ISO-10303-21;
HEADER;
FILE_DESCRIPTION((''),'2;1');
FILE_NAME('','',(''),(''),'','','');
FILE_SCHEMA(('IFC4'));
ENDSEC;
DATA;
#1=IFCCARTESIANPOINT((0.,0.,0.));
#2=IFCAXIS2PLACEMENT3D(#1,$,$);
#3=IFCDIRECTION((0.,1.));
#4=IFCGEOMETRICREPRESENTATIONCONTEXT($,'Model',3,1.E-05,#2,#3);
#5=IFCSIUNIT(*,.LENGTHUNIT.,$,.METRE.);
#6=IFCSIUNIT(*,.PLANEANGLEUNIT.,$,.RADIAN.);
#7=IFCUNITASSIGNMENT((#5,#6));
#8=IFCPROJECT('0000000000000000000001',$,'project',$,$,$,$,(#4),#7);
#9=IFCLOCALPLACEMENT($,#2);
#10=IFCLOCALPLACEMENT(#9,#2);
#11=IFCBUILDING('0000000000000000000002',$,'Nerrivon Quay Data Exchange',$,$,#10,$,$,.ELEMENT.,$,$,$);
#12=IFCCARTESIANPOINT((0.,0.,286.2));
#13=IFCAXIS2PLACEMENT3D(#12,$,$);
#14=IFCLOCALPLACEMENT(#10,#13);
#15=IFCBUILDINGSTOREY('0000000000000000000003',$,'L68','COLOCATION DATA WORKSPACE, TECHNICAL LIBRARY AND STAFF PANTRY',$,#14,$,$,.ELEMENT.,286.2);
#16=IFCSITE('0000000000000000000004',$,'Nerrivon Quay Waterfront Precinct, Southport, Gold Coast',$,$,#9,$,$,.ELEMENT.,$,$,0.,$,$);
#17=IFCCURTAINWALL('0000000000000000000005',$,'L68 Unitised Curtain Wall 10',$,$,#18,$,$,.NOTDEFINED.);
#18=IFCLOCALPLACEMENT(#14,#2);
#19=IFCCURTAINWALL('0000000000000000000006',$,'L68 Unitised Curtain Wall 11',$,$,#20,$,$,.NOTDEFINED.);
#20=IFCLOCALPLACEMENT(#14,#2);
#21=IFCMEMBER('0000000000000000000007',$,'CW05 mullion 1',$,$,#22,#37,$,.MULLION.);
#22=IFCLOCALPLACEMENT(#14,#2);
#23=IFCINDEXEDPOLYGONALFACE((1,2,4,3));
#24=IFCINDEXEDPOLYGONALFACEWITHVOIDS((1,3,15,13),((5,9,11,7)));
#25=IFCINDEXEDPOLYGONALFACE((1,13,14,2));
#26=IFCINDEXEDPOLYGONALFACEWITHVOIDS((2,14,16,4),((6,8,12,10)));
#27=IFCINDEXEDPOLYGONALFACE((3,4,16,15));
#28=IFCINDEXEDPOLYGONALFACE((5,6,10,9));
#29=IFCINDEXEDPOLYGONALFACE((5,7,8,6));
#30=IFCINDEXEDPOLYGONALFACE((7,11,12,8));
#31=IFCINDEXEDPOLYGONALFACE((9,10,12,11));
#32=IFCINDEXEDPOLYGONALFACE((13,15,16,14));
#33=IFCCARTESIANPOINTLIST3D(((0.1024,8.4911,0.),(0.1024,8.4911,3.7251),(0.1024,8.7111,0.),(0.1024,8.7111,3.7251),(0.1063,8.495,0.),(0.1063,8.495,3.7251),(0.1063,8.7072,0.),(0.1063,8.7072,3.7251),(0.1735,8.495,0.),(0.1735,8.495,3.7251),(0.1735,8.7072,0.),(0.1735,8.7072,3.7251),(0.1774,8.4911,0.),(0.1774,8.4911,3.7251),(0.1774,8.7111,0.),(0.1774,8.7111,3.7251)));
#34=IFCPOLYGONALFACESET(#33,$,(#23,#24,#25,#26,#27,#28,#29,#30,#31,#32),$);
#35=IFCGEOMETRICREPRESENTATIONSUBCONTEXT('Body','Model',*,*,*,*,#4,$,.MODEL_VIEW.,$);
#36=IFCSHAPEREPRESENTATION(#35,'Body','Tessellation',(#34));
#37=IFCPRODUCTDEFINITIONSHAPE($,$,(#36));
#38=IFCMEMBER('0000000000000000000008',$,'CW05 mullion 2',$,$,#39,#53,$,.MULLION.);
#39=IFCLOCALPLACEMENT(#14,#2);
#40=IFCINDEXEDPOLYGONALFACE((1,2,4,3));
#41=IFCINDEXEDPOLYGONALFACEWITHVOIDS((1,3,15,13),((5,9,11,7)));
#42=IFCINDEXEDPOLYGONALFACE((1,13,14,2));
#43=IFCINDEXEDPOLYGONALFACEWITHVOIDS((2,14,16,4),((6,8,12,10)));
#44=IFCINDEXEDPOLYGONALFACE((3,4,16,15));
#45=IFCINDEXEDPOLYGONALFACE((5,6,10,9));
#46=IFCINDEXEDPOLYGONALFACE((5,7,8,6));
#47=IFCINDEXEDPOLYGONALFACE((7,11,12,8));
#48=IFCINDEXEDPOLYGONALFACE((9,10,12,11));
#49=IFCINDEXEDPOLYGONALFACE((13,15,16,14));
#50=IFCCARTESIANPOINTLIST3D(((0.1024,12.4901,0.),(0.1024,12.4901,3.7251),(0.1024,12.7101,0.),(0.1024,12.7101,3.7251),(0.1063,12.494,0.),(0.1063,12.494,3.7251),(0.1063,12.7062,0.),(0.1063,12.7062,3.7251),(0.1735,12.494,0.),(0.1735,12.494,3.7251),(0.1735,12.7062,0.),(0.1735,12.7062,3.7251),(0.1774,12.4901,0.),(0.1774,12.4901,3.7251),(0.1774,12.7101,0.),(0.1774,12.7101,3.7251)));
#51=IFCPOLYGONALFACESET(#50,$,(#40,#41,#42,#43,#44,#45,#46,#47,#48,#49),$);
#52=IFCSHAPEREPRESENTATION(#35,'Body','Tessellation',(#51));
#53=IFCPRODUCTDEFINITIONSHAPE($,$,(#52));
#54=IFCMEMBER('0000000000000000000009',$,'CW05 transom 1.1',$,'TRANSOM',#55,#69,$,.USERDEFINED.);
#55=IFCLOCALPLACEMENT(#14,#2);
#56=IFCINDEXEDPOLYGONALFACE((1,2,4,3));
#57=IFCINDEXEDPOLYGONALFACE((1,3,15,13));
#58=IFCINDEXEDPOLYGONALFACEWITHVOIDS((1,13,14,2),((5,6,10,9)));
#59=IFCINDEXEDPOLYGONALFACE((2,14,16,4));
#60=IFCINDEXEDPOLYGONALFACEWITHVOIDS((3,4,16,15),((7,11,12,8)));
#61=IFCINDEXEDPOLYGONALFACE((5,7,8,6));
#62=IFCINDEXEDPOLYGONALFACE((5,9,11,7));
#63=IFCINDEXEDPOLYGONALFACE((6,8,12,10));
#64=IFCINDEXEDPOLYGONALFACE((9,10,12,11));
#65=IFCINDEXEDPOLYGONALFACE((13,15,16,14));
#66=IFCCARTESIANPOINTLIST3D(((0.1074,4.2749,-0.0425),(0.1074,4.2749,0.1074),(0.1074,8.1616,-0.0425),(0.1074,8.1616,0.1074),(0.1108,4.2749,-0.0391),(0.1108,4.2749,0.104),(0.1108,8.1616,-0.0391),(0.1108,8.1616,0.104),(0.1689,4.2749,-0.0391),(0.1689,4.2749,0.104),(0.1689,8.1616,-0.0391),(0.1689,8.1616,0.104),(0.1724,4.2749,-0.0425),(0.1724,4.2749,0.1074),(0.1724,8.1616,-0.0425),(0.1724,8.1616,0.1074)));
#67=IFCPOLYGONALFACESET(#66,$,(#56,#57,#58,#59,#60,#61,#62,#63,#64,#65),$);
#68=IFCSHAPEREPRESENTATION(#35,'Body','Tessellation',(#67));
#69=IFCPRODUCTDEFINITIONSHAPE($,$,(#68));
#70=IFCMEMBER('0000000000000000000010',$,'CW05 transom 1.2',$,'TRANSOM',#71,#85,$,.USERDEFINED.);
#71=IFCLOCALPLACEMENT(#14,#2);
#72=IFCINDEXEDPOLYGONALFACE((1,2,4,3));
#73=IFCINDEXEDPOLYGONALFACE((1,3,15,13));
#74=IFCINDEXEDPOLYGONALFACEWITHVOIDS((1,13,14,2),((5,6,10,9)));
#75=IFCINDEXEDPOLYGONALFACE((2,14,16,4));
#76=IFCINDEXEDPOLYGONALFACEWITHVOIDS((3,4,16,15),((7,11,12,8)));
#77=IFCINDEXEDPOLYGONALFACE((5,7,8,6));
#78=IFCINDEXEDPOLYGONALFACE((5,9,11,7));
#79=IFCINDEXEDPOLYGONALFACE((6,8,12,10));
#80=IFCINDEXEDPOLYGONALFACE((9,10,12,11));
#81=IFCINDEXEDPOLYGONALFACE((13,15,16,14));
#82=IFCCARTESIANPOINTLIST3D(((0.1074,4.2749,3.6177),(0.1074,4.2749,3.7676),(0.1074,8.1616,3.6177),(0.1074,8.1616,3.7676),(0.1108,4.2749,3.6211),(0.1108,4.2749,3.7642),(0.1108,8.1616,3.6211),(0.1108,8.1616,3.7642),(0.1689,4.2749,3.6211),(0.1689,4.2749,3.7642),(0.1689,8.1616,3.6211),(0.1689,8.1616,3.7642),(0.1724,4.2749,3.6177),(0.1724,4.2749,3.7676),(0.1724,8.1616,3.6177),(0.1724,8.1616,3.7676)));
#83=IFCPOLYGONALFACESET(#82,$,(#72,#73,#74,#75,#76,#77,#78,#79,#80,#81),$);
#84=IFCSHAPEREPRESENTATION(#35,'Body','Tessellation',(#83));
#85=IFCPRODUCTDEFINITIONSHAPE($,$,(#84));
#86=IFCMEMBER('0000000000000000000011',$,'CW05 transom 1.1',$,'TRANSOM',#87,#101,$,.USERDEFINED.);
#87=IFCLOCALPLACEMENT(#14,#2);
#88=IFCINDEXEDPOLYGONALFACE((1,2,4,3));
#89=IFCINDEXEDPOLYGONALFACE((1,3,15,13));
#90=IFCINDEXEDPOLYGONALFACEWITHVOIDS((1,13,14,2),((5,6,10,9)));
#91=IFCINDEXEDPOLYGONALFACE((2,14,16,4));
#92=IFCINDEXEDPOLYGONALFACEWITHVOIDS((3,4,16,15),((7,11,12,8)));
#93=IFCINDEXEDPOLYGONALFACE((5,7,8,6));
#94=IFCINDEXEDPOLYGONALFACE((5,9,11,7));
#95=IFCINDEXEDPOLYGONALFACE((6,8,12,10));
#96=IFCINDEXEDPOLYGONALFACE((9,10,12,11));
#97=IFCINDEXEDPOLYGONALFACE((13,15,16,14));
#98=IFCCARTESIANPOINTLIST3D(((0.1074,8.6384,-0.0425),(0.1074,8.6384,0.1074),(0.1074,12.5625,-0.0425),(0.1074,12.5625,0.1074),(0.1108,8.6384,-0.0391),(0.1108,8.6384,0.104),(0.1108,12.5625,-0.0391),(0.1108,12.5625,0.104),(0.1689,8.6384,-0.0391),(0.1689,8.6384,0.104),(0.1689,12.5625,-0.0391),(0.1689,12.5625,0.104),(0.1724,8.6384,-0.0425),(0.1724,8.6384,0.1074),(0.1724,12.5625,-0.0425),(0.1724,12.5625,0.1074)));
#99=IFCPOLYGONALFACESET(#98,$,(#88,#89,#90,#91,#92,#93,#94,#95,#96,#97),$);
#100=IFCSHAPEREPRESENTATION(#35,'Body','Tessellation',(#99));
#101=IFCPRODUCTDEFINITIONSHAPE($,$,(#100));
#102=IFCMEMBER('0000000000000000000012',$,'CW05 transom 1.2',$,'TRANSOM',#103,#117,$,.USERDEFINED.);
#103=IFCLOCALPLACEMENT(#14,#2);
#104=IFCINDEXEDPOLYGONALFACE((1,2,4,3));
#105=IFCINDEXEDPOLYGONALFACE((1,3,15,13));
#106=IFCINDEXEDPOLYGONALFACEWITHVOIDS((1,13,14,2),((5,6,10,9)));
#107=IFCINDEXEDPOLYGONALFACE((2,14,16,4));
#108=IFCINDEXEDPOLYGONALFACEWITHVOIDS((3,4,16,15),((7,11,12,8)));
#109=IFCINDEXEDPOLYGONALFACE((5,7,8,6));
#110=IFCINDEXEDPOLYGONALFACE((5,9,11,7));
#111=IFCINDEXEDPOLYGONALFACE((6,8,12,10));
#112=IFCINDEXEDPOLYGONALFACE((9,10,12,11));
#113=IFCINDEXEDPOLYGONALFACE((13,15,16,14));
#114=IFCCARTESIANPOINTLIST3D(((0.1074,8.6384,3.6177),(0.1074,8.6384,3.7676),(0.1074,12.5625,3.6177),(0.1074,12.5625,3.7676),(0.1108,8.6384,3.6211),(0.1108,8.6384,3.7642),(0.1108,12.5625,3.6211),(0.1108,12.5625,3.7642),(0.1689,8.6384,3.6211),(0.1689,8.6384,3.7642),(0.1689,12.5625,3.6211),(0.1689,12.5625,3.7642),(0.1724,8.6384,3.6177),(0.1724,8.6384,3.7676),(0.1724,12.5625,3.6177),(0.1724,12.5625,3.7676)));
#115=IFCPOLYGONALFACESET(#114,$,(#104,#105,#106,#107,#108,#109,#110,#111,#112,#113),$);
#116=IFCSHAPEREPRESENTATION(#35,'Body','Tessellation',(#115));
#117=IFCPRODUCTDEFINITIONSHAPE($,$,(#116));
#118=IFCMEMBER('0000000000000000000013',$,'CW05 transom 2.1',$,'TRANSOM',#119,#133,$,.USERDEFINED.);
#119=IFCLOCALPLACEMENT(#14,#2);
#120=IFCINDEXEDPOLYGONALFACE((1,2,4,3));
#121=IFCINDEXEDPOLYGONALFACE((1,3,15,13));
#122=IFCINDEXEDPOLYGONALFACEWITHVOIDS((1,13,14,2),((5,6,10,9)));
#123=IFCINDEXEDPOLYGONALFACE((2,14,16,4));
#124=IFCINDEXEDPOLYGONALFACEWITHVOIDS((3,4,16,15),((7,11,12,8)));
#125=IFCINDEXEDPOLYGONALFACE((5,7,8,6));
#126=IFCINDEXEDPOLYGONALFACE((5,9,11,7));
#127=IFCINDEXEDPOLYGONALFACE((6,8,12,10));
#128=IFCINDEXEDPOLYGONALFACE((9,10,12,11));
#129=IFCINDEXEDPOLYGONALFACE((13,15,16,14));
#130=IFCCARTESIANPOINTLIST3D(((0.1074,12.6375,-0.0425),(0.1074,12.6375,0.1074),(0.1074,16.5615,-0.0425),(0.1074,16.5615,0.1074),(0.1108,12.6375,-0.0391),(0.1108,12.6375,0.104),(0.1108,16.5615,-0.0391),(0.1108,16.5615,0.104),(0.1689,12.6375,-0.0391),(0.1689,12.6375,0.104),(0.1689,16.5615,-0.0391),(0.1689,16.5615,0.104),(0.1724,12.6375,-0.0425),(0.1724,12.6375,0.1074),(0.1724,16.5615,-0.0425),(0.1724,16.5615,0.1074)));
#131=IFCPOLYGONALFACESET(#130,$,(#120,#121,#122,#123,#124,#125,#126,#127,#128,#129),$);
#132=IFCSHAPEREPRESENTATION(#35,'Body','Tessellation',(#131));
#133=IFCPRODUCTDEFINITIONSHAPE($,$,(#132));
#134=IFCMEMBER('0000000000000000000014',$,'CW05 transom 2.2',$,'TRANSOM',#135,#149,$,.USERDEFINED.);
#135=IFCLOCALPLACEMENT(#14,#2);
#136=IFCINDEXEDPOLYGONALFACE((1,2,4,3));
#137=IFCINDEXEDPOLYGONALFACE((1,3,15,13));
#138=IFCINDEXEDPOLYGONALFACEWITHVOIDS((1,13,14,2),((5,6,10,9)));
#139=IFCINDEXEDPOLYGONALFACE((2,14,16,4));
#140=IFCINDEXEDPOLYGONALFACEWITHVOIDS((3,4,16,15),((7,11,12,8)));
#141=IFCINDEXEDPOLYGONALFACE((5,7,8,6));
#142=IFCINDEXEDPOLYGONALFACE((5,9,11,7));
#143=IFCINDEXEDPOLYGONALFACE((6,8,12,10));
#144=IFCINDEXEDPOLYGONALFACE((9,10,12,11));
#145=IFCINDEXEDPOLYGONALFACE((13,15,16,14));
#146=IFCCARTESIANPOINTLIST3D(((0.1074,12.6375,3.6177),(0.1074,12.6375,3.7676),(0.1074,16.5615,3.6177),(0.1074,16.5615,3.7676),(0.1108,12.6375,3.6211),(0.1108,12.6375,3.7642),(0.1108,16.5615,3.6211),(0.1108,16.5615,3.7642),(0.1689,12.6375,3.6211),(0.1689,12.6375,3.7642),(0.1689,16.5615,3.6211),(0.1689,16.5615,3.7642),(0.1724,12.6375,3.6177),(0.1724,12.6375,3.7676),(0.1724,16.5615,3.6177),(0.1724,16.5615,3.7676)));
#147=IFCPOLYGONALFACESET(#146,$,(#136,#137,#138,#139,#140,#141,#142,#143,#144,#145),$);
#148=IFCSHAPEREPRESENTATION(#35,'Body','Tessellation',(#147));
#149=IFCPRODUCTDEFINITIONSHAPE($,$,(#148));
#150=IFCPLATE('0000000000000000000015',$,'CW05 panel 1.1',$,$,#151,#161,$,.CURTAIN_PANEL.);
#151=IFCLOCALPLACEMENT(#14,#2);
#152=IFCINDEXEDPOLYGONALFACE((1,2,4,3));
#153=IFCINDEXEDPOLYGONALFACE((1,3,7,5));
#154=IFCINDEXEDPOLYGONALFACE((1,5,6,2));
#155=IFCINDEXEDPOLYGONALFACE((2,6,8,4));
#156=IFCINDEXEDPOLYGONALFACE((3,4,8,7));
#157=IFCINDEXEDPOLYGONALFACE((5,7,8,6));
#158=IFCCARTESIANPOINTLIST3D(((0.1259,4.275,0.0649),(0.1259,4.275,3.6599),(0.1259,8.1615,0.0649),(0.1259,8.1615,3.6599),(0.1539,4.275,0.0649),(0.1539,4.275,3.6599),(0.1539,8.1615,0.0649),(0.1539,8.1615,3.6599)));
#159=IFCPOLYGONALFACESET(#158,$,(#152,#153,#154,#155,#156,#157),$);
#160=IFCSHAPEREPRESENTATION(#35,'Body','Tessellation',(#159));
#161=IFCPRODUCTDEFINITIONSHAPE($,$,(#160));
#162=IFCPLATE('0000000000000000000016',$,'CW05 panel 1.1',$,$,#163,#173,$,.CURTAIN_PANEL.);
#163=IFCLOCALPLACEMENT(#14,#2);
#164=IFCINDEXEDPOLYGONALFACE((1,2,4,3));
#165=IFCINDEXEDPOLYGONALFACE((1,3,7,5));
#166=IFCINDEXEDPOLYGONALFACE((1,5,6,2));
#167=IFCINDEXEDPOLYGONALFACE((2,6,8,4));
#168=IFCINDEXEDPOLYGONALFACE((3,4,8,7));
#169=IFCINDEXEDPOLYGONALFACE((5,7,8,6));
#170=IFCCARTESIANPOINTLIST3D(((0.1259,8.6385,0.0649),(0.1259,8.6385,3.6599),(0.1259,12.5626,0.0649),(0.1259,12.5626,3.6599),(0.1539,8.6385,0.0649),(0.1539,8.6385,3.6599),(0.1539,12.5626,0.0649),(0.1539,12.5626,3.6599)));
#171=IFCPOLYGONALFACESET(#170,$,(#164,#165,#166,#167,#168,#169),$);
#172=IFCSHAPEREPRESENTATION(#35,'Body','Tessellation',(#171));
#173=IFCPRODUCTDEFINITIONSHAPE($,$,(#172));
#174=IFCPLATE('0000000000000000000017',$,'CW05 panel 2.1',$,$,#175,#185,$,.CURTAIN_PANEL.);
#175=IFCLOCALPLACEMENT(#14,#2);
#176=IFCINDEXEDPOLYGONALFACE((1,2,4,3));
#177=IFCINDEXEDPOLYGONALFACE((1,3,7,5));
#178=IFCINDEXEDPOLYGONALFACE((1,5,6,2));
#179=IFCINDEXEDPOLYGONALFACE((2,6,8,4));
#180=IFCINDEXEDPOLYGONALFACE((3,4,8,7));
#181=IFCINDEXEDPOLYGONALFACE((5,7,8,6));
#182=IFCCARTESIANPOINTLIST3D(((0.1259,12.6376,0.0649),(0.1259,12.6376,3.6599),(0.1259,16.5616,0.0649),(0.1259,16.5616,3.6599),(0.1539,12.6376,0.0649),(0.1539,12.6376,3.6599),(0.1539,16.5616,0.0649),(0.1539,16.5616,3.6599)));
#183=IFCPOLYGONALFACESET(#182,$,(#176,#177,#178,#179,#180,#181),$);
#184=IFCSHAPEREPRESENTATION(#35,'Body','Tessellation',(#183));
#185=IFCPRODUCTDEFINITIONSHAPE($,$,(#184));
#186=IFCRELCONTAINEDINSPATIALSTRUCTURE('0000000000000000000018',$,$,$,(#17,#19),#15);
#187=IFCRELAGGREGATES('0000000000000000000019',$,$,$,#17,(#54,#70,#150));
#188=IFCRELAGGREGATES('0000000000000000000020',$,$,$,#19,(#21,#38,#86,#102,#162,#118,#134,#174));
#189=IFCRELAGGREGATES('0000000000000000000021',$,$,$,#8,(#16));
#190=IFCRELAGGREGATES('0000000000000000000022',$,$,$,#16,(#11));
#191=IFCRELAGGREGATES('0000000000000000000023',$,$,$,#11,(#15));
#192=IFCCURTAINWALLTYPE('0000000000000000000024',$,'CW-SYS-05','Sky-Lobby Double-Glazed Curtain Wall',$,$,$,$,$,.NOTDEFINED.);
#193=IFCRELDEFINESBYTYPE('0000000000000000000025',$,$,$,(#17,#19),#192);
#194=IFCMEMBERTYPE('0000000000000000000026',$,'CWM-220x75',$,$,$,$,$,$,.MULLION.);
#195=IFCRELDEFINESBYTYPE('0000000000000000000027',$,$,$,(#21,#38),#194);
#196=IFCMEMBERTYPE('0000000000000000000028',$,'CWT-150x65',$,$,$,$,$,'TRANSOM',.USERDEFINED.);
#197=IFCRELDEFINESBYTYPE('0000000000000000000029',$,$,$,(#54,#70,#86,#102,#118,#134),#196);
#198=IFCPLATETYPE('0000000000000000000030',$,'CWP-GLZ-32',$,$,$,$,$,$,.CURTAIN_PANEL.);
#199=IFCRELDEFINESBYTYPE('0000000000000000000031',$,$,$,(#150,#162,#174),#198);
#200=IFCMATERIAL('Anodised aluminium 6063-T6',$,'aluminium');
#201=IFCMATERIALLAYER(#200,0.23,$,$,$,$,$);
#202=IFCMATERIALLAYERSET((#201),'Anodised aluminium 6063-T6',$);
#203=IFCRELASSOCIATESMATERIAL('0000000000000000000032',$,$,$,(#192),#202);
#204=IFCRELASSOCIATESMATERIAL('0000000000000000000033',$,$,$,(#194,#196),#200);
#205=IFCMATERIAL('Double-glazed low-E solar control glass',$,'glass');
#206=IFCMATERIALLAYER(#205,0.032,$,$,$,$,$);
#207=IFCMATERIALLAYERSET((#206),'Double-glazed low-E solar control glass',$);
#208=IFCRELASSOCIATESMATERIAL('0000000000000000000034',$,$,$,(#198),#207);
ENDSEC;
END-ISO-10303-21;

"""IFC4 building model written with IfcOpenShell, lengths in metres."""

from ifc_helpers import new_model, si_unit, direction, frame, origin, origin_2d, place, context, subcontext, project, spatial, rectangle, hollow_rectangle, extrude, material, layer, layer_set, material_profile, profile_set, type_object, element, aggregate, save


model = new_model("IFC4")

# Units and contexts
model_context = context("Model", 3, precision=1e-05, world=origin(), true_north=direction((0.0, 1.0)))
body_context = subcontext(model_context, "Body", "Model", "MODEL_VIEW")
ifc_project = project(units=[si_unit("LENGTHUNIT", "METRE"), si_unit("PLANEANGLEUNIT", "RADIAN")], contexts=[model_context])

# Site, building, storey
site_placement = place(None, origin())
site = spatial("IfcSite", under=ifc_project, at=site_placement, Name="Nerrivon Quay Waterfront Precinct, Southport, Gold Coast", CompositionType="ELEMENT", RefElevation=0.0)
building_placement = place(site_placement, origin())
building = spatial("IfcBuilding", under=site, at=building_placement, Name="Nerrivon Quay Data Exchange", CompositionType="ELEMENT")
storey_placement = place(building_placement, frame((0.0, 0.0, 286.2)))
storey = spatial("IfcBuildingStorey", under=building, at=storey_placement, Name="L68", Description="COLOCATION DATA WORKSPACE, TECHNICAL LIBRARY AND STAFF PANTRY", CompositionType="ELEMENT", Elevation=286.2)

# Shared definitions
ifc_material_1 = material(Name="Anodised aluminium 6063-T6", Category="aluminium")
ifc_layer_1 = layer(ifc_material_1, 0.23)
ifc_layer_set_1 = layer_set([ifc_layer_1], Name="Anodised aluminium 6063-T6")
curtain_wall_type = type_object("IfcCurtainWallType", Name="CW-SYS-05", Description="Sky-Lobby Double-Glazed Curtain Wall", PredefinedType="NOTDEFINED", material=ifc_layer_set_1)
ifc_material_profile_1 = material_profile(ifc_material_1, hollow_rectangle(XDim=0.075, YDim=0.22, WallThickness=0.0039, at=origin_2d()), Name="ALU-MULL-220x75")
ifc_profile_set_1 = profile_set([ifc_material_profile_1], Name="Anodised aluminium 6063-T6")
member_type_1 = type_object("IfcMemberType", Name="CWM-220x75", PredefinedType="MULLION", material=ifc_profile_set_1)

# Curtain walls, members
curtain_wall_1_placement = place(storey_placement, origin())
curtain_wall_1 = element("IfcCurtainWall", 1, at=curtain_wall_1_placement, inside=storey, type_object=curtain_wall_type, Name="L68 Unitised Curtain Wall 10", PredefinedType="NOTDEFINED")
curtain_wall_2_placement = place(storey_placement, origin())
curtain_wall_2 = element("IfcCurtainWall", 2, at=curtain_wall_2_placement, inside=storey, type_object=curtain_wall_type, Name="L68 Unitised Curtain Wall 11", PredefinedType="NOTDEFINED")
member_1_placement = place(storey_placement, frame((0.1399, 8.6011, 0.0), z_axis=(0.0, 0.0, 1.0), x_axis=(-1.0, 0.0, 0.0)))
member_1 = element("IfcMember", 3, at=member_1_placement, type_object=member_type_1, Name="CW05 mullion 1", PredefinedType="MULLION", context=body_context, shape_type="SweptSolid", body=[
    extrude(hollow_rectangle(XDim=0.075, YDim=0.22, WallThickness=0.0039, at=origin_2d()), origin(), (0.0, 0.0, 1.0), 3.7251),
])
member_2_placement = place(storey_placement, frame((0.1399, 12.6001, 0.0), z_axis=(0.0, 0.0, 1.0), x_axis=(-1.0, 0.0, 0.0)))
member_2 = element("IfcMember", 4, at=member_2_placement, type_object=member_type_1, Name="CW05 mullion 2", PredefinedType="MULLION", context=body_context, shape_type="SweptSolid", body=[
    extrude(hollow_rectangle(XDim=0.075, YDim=0.22, WallThickness=0.0039, at=origin_2d()), origin(), (0.0, 0.0, 1.0), 3.7251),
])

# Members
ifc_material_profile_2 = material_profile(ifc_material_1, hollow_rectangle(XDim=0.0649, YDim=0.1499, WallThickness=0.0034, at=origin_2d()), Name="ALU-TRAN-150x65")
ifc_profile_set_2 = profile_set([ifc_material_profile_2], Name="Anodised aluminium 6063-T6")
member_type_2 = type_object("IfcMemberType", Name="CWT-150x65", ElementType="TRANSOM", PredefinedType="USERDEFINED", material=ifc_profile_set_2)
member_3_placement = place(storey_placement, frame((0.1399, 4.2749, 0.0325), z_axis=(0.0, 1.0, 0.0), x_axis=(-1.0, 0.0, 0.0)))
member_3 = element("IfcMember", 5, at=member_3_placement, type_object=member_type_2, Name="CW05 transom 1.1", ObjectType="TRANSOM", PredefinedType="USERDEFINED", context=body_context, shape_type="SweptSolid", body=[
    extrude(hollow_rectangle(XDim=0.0649, YDim=0.1499, WallThickness=0.0034, at=origin_2d()), origin(), (0.0, 0.0, 1.0), 3.8867),
])
member_4_placement = place(storey_placement, frame((0.1399, 4.2749, 3.6926), z_axis=(0.0, 1.0, 0.0), x_axis=(-1.0, 0.0, 0.0)))
member_4 = element("IfcMember", 6, at=member_4_placement, type_object=member_type_2, Name="CW05 transom 1.2", ObjectType="TRANSOM", PredefinedType="USERDEFINED", context=body_context, shape_type="SweptSolid", body=[
    extrude(hollow_rectangle(XDim=0.0649, YDim=0.1499, WallThickness=0.0034, at=origin_2d()), origin(), (0.0, 0.0, 1.0), 3.8867),
])
member_5_placement = place(storey_placement, frame((0.1399, 8.6384, 0.0325), z_axis=(0.0, 1.0, 0.0), x_axis=(-1.0, 0.0, 0.0)))
member_5 = element("IfcMember", 7, at=member_5_placement, type_object=member_type_2, Name="CW05 transom 1.1", ObjectType="TRANSOM", PredefinedType="USERDEFINED", context=body_context, shape_type="SweptSolid", body=[
    extrude(hollow_rectangle(XDim=0.0649, YDim=0.1499, WallThickness=0.0034, at=origin_2d()), origin(), (0.0, 0.0, 1.0), 3.9241),
])
member_6_placement = place(storey_placement, frame((0.1399, 8.6384, 3.6926), z_axis=(0.0, 1.0, 0.0), x_axis=(-1.0, 0.0, 0.0)))
member_6 = element("IfcMember", 8, at=member_6_placement, type_object=member_type_2, Name="CW05 transom 1.2", ObjectType="TRANSOM", PredefinedType="USERDEFINED", context=body_context, shape_type="SweptSolid", body=[
    extrude(hollow_rectangle(XDim=0.0649, YDim=0.1499, WallThickness=0.0034, at=origin_2d()), origin(), (0.0, 0.0, 1.0), 3.9241),
])
member_7_placement = place(storey_placement, frame((0.1399, 12.6375, 0.0325), z_axis=(0.0, 1.0, 0.0), x_axis=(-1.0, 0.0, 0.0)))
member_7 = element("IfcMember", 9, at=member_7_placement, type_object=member_type_2, Name="CW05 transom 2.1", ObjectType="TRANSOM", PredefinedType="USERDEFINED", context=body_context, shape_type="SweptSolid", body=[
    extrude(hollow_rectangle(XDim=0.0649, YDim=0.1499, WallThickness=0.0034, at=origin_2d()), origin(), (0.0, 0.0, 1.0), 3.9241),
])
member_8_placement = place(storey_placement, frame((0.1399, 12.6375, 3.6926), z_axis=(0.0, 1.0, 0.0), x_axis=(-1.0, 0.0, 0.0)))
member_8 = element("IfcMember", 10, at=member_8_placement, type_object=member_type_2, Name="CW05 transom 2.2", ObjectType="TRANSOM", PredefinedType="USERDEFINED", context=body_context, shape_type="SweptSolid", body=[
    extrude(hollow_rectangle(XDim=0.0649, YDim=0.1499, WallThickness=0.0034, at=origin_2d()), origin(), (0.0, 0.0, 1.0), 3.9241),
])

# Plates
ifc_material_2 = material(Name="Double-glazed low-E solar control glass", Category="glass")
ifc_layer_2 = layer(ifc_material_2, 0.032)
ifc_layer_set_2 = layer_set([ifc_layer_2], Name="Double-glazed low-E solar control glass")
plate_type = type_object("IfcPlateType", Name="CWP-GLZ-32", PredefinedType="CURTAIN_PANEL", material=ifc_layer_set_2)
plate_1_placement = place(storey_placement, frame((0.1399, 6.2183, 0.0649), z_axis=(0.0, 0.0, 1.0), x_axis=(0.0, 1.0, 0.0)))
plate_1 = element("IfcPlate", 11, at=plate_1_placement, type_object=plate_type, Name="CW05 panel 1.1", PredefinedType="CURTAIN_PANEL", context=body_context, shape_type="SweptSolid", body=[
    extrude(rectangle(XDim=3.8865, YDim=0.0281, at=origin_2d()), origin(), (0.0, 0.0, 1.0), 3.595),
])
aggregate(curtain_wall_1, [member_3, member_4, plate_1])
plate_2_placement = place(storey_placement, frame((0.1399, 10.6006, 0.0649), z_axis=(0.0, 0.0, 1.0), x_axis=(0.0, 1.0, 0.0)))
plate_2 = element("IfcPlate", 12, at=plate_2_placement, type_object=plate_type, Name="CW05 panel 1.1", PredefinedType="CURTAIN_PANEL", context=body_context, shape_type="SweptSolid", body=[
    extrude(rectangle(XDim=3.9241, YDim=0.0281, at=origin_2d()), origin(), (0.0, 0.0, 1.0), 3.595),
])
plate_3_placement = place(storey_placement, frame((0.1399, 14.5996, 0.0649), z_axis=(0.0, 0.0, 1.0), x_axis=(0.0, 1.0, 0.0)))
plate_3 = element("IfcPlate", 13, at=plate_3_placement, type_object=plate_type, Name="CW05 panel 2.1", PredefinedType="CURTAIN_PANEL", context=body_context, shape_type="SweptSolid", body=[
    extrude(rectangle(XDim=3.9241, YDim=0.0281, at=origin_2d()), origin(), (0.0, 0.0, 1.0), 3.595),
])
aggregate(curtain_wall_2, [member_1, member_2, member_5, member_6, plate_2, member_7, member_8, plate_3])

save(model, "model.ifc")
